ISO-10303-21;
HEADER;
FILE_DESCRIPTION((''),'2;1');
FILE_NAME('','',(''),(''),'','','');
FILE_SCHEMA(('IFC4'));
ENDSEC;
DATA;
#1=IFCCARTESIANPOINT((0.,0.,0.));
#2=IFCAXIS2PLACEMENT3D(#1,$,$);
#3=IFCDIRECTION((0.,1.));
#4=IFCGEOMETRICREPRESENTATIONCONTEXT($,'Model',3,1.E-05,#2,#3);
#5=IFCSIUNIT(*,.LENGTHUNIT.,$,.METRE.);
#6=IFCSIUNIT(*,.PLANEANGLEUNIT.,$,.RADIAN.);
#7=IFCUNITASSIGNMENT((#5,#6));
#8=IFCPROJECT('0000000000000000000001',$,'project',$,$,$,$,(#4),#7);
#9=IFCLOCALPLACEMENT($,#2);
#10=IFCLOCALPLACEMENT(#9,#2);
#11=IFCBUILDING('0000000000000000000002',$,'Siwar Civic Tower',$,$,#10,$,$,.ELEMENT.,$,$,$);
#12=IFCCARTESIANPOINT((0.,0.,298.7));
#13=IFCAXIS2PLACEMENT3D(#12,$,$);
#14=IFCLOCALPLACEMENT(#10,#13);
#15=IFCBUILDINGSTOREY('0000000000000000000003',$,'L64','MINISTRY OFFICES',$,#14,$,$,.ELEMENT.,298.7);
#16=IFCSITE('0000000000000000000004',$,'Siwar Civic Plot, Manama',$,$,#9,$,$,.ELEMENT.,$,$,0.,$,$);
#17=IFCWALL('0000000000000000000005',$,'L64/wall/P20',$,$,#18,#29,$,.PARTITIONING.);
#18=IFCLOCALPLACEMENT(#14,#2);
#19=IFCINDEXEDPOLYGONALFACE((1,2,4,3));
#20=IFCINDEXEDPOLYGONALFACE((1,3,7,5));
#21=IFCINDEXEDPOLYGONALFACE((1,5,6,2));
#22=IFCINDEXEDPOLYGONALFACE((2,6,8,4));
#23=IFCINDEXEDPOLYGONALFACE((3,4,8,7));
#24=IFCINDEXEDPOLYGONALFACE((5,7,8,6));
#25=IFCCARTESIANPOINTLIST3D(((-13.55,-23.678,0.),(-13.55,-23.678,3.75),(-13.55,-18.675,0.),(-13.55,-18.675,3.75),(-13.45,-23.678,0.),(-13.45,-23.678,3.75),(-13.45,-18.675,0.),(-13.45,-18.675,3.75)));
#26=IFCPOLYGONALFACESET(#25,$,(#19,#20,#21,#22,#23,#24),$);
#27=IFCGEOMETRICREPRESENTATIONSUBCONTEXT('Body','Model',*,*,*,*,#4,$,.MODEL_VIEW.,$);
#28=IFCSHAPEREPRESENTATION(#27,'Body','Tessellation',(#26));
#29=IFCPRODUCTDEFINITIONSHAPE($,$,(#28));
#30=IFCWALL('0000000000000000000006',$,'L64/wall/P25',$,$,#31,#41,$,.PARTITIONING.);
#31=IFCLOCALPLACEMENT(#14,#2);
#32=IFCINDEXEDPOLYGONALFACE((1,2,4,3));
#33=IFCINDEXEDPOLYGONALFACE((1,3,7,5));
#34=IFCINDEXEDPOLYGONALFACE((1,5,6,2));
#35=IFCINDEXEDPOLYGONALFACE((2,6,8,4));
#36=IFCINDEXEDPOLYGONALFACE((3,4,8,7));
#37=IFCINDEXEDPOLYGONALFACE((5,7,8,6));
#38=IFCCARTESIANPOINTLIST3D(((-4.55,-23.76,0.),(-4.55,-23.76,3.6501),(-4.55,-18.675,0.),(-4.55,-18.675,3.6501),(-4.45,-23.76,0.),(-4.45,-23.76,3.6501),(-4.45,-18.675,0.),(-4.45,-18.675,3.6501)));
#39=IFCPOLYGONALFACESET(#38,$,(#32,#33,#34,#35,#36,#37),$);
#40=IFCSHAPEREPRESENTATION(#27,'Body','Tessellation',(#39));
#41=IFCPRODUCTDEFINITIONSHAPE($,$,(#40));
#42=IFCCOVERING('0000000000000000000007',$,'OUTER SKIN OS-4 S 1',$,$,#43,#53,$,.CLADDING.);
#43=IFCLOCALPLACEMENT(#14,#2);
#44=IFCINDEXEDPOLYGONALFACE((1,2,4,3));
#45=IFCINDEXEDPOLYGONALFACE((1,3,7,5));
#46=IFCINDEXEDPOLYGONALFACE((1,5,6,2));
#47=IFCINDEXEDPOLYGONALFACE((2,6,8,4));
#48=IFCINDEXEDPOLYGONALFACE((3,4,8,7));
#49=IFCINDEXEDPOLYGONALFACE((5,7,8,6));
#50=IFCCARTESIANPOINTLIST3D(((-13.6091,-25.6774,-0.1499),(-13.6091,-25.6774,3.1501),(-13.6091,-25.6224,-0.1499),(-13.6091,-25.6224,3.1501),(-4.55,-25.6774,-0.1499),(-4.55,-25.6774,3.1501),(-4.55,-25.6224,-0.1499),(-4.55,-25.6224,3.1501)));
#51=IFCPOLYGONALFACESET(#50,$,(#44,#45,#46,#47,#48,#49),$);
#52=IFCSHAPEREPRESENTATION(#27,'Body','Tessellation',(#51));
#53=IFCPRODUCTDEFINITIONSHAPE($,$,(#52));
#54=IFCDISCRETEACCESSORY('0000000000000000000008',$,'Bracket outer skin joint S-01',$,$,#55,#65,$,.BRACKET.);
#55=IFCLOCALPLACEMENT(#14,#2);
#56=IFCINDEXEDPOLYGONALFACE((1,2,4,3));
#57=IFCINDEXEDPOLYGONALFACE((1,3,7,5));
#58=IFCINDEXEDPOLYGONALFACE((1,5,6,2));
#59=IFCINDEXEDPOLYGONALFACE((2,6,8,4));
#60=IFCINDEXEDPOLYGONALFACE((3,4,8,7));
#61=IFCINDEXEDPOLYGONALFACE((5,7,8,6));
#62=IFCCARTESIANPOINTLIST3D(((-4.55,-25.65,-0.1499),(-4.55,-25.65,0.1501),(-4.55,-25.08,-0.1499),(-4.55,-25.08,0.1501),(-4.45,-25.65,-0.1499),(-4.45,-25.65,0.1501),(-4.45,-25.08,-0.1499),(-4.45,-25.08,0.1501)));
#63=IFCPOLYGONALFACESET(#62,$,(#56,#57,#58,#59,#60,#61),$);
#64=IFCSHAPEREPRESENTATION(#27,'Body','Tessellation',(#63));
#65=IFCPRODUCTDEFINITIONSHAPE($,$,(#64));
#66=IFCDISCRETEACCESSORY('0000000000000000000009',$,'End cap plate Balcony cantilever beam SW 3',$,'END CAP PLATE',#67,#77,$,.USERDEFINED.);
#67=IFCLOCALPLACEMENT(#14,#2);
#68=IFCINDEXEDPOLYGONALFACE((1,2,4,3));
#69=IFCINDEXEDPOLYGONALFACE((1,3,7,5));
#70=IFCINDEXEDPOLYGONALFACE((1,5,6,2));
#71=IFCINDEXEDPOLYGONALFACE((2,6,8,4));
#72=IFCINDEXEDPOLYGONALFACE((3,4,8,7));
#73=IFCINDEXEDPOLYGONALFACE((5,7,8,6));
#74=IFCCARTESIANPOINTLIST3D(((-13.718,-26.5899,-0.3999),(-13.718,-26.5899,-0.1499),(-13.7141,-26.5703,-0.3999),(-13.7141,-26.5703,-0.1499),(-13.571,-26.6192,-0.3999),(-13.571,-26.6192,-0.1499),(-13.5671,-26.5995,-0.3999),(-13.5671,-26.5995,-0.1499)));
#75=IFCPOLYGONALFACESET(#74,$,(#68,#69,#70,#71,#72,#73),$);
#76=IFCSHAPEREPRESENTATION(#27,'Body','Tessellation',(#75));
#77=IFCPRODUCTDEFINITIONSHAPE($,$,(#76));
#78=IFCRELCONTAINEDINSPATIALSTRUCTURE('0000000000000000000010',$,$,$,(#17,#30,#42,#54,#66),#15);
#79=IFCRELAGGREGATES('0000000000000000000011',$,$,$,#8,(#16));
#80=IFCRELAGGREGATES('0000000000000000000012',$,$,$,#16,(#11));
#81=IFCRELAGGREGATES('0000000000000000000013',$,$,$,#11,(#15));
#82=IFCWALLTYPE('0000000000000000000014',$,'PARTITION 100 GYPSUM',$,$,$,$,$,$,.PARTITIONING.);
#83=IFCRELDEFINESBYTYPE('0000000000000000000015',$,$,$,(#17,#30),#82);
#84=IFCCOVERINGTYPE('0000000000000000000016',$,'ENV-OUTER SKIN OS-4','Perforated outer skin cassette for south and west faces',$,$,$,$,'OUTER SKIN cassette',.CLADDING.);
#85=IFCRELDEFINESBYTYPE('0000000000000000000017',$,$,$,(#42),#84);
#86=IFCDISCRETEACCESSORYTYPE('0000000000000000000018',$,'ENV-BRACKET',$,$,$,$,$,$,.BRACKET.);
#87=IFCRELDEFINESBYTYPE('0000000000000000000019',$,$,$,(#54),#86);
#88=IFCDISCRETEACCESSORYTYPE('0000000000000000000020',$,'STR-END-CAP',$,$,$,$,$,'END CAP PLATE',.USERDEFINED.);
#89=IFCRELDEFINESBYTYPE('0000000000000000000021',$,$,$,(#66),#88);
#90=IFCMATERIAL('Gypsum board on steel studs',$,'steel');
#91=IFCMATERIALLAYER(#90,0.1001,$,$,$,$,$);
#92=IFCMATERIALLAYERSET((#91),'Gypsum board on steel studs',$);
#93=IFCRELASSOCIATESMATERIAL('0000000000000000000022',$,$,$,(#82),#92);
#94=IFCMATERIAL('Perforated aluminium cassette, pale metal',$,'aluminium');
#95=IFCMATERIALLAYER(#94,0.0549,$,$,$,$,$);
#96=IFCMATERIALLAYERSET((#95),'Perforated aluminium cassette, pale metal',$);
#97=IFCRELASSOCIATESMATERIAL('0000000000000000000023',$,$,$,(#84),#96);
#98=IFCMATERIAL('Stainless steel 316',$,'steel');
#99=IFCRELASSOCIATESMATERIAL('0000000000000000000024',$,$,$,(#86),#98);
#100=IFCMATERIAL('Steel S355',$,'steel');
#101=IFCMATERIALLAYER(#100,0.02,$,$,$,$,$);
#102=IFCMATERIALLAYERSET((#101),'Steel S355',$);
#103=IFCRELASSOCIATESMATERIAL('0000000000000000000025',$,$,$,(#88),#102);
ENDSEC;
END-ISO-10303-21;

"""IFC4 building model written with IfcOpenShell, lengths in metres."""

from ifc_helpers import new_model, si_unit, direction, frame, frame_2d, origin, origin_2d, place, context, subcontext, project, spatial, rectangle, extrude, material, layer, layer_set, type_object, element, save


model = new_model("IFC4")

# Units and contexts
model_context = context("Model", 3, precision=1e-05, world=origin(), true_north=direction((0.0, 1.0)))
body_context = subcontext(model_context, "Body", "Model", "MODEL_VIEW")
ifc_project = project(units=[si_unit("LENGTHUNIT", "METRE"), si_unit("PLANEANGLEUNIT", "RADIAN")], contexts=[model_context])

# Site, building, storey
site_placement = place(None, origin())
site = spatial("IfcSite", under=ifc_project, at=site_placement, Name="Siwar Civic Plot, Manama", CompositionType="ELEMENT", RefElevation=0.0)
building_placement = place(site_placement, origin())
building = spatial("IfcBuilding", under=site, at=building_placement, Name="Siwar Civic Tower", CompositionType="ELEMENT")
storey_placement = place(building_placement, frame((0.0, 0.0, 298.7)))
storey = spatial("IfcBuildingStorey", under=building, at=storey_placement, Name="L64", Description="MINISTRY OFFICES", CompositionType="ELEMENT", Elevation=298.7)

# Walls
ifc_material_1 = material(Name="Gypsum board on steel studs", Category="steel")
ifc_layer_1 = layer(ifc_material_1, 0.1001)
ifc_layer_set_1 = layer_set([ifc_layer_1], Name="Gypsum board on steel studs")
wall_type = type_object("IfcWallType", Name="PARTITION 100 GYPSUM", PredefinedType="PARTITIONING", material=ifc_layer_set_1)
wall_1_placement = place(storey_placement, frame((-13.5, -23.678, 0.0), z_axis=(0.0, 0.0, 1.0), x_axis=(0.0, 1.0, 0.0)))
element("IfcWall", 1, at=wall_1_placement, inside=storey, type_object=wall_type, Name="L64/wall/P20", PredefinedType="PARTITIONING", context=body_context, shape_type="SweptSolid", body=[
    extrude(rectangle(XDim=5.0029, YDim=0.1001, at=frame_2d((2.5015, 0.0))), origin(), (0.0, 0.0, 1.0), 3.75),
])
wall_2_placement = place(storey_placement, frame((-4.5, -23.76, 0.0), z_axis=(0.0, 0.0, 1.0), x_axis=(0.0, 1.0, 0.0)))
element("IfcWall", 2, at=wall_2_placement, inside=storey, type_object=wall_type, Name="L64/wall/P25", PredefinedType="PARTITIONING", context=body_context, shape_type="SweptSolid", body=[
    extrude(rectangle(XDim=5.085, YDim=0.1001, at=frame_2d((2.5425, 0.0))), origin(), (0.0, 0.0, 1.0), 3.6501),
])

# Covering
ifc_material_2 = material(Name="Perforated aluminium cassette, pale metal", Category="aluminium")
ifc_layer_2 = layer(ifc_material_2, 0.0549)
ifc_layer_set_2 = layer_set([ifc_layer_2], Name="Perforated aluminium cassette, pale metal")
covering_type = type_object("IfcCoveringType", Name="ENV-OUTER SKIN OS-4", Description="Perforated outer skin cassette for south and west faces", ElementType="OUTER SKIN cassette", PredefinedType="CLADDING", material=ifc_layer_set_2)
covering_placement = place(storey_placement, frame((-9.0796, -25.6499, -0.1499), z_axis=(0.0, 0.0, 1.0), x_axis=(1.0, 0.0, 0.0)))
element("IfcCovering", 3, at=covering_placement, inside=storey, type_object=covering_type, Name="OUTER SKIN OS-4 S 1", PredefinedType="CLADDING", context=body_context, shape_type="SweptSolid", body=[
    extrude(rectangle(XDim=9.0591, YDim=0.0549, at=origin_2d()), origin(), (0.0, 0.0, 1.0), 3.3),
])

# Discrete accessories
ifc_material_3 = material(Name="Stainless steel 316", Category="steel")
discrete_accessory_type_1 = type_object("IfcDiscreteAccessoryType", Name="ENV-BRACKET", PredefinedType="BRACKET", material=ifc_material_3)
discrete_accessory_1_placement = place(storey_placement, frame((-4.5, -25.365, -0.1499), z_axis=(0.0, 0.0, 1.0), x_axis=(0.0, -1.0, 0.0)))
element("IfcDiscreteAccessory", 4, at=discrete_accessory_1_placement, inside=storey, type_object=discrete_accessory_type_1, Name="Bracket outer skin joint S-01", PredefinedType="BRACKET", context=body_context, shape_type="SweptSolid", body=[
    extrude(rectangle(XDim=0.5701, YDim=0.1001, at=origin_2d()), origin(), (0.0, 0.0, 1.0), 0.3),
])
ifc_material_4 = material(Name="Steel S355", Category="steel")
ifc_layer_3 = layer(ifc_material_4, 0.02)
ifc_layer_set_3 = layer_set([ifc_layer_3], Name="Steel S355")
discrete_accessory_type_2 = type_object("IfcDiscreteAccessoryType", Name="STR-END-CAP", ElementType="END CAP PLATE", PredefinedType="USERDEFINED", material=ifc_layer_set_3)
discrete_accessory_2_placement = place(storey_placement, frame((-13.6426, -26.5947, -0.3999), z_axis=(0.0, 0.0, 1.0), x_axis=(-0.19509, -0.980785, 0.0)))
element("IfcDiscreteAccessory", 5, at=discrete_accessory_2_placement, inside=storey, type_object=discrete_accessory_type_2, Name="End cap plate Balcony cantilever beam SW 3", ObjectType="END CAP PLATE", PredefinedType="USERDEFINED", context=body_context, shape_type="SweptSolid", body=[
    extrude(rectangle(XDim=0.02, YDim=0.1499, at=origin_2d()), origin(), (0.0, 0.0, 1.0), 0.25),
])

save(model, "model.ifc")
